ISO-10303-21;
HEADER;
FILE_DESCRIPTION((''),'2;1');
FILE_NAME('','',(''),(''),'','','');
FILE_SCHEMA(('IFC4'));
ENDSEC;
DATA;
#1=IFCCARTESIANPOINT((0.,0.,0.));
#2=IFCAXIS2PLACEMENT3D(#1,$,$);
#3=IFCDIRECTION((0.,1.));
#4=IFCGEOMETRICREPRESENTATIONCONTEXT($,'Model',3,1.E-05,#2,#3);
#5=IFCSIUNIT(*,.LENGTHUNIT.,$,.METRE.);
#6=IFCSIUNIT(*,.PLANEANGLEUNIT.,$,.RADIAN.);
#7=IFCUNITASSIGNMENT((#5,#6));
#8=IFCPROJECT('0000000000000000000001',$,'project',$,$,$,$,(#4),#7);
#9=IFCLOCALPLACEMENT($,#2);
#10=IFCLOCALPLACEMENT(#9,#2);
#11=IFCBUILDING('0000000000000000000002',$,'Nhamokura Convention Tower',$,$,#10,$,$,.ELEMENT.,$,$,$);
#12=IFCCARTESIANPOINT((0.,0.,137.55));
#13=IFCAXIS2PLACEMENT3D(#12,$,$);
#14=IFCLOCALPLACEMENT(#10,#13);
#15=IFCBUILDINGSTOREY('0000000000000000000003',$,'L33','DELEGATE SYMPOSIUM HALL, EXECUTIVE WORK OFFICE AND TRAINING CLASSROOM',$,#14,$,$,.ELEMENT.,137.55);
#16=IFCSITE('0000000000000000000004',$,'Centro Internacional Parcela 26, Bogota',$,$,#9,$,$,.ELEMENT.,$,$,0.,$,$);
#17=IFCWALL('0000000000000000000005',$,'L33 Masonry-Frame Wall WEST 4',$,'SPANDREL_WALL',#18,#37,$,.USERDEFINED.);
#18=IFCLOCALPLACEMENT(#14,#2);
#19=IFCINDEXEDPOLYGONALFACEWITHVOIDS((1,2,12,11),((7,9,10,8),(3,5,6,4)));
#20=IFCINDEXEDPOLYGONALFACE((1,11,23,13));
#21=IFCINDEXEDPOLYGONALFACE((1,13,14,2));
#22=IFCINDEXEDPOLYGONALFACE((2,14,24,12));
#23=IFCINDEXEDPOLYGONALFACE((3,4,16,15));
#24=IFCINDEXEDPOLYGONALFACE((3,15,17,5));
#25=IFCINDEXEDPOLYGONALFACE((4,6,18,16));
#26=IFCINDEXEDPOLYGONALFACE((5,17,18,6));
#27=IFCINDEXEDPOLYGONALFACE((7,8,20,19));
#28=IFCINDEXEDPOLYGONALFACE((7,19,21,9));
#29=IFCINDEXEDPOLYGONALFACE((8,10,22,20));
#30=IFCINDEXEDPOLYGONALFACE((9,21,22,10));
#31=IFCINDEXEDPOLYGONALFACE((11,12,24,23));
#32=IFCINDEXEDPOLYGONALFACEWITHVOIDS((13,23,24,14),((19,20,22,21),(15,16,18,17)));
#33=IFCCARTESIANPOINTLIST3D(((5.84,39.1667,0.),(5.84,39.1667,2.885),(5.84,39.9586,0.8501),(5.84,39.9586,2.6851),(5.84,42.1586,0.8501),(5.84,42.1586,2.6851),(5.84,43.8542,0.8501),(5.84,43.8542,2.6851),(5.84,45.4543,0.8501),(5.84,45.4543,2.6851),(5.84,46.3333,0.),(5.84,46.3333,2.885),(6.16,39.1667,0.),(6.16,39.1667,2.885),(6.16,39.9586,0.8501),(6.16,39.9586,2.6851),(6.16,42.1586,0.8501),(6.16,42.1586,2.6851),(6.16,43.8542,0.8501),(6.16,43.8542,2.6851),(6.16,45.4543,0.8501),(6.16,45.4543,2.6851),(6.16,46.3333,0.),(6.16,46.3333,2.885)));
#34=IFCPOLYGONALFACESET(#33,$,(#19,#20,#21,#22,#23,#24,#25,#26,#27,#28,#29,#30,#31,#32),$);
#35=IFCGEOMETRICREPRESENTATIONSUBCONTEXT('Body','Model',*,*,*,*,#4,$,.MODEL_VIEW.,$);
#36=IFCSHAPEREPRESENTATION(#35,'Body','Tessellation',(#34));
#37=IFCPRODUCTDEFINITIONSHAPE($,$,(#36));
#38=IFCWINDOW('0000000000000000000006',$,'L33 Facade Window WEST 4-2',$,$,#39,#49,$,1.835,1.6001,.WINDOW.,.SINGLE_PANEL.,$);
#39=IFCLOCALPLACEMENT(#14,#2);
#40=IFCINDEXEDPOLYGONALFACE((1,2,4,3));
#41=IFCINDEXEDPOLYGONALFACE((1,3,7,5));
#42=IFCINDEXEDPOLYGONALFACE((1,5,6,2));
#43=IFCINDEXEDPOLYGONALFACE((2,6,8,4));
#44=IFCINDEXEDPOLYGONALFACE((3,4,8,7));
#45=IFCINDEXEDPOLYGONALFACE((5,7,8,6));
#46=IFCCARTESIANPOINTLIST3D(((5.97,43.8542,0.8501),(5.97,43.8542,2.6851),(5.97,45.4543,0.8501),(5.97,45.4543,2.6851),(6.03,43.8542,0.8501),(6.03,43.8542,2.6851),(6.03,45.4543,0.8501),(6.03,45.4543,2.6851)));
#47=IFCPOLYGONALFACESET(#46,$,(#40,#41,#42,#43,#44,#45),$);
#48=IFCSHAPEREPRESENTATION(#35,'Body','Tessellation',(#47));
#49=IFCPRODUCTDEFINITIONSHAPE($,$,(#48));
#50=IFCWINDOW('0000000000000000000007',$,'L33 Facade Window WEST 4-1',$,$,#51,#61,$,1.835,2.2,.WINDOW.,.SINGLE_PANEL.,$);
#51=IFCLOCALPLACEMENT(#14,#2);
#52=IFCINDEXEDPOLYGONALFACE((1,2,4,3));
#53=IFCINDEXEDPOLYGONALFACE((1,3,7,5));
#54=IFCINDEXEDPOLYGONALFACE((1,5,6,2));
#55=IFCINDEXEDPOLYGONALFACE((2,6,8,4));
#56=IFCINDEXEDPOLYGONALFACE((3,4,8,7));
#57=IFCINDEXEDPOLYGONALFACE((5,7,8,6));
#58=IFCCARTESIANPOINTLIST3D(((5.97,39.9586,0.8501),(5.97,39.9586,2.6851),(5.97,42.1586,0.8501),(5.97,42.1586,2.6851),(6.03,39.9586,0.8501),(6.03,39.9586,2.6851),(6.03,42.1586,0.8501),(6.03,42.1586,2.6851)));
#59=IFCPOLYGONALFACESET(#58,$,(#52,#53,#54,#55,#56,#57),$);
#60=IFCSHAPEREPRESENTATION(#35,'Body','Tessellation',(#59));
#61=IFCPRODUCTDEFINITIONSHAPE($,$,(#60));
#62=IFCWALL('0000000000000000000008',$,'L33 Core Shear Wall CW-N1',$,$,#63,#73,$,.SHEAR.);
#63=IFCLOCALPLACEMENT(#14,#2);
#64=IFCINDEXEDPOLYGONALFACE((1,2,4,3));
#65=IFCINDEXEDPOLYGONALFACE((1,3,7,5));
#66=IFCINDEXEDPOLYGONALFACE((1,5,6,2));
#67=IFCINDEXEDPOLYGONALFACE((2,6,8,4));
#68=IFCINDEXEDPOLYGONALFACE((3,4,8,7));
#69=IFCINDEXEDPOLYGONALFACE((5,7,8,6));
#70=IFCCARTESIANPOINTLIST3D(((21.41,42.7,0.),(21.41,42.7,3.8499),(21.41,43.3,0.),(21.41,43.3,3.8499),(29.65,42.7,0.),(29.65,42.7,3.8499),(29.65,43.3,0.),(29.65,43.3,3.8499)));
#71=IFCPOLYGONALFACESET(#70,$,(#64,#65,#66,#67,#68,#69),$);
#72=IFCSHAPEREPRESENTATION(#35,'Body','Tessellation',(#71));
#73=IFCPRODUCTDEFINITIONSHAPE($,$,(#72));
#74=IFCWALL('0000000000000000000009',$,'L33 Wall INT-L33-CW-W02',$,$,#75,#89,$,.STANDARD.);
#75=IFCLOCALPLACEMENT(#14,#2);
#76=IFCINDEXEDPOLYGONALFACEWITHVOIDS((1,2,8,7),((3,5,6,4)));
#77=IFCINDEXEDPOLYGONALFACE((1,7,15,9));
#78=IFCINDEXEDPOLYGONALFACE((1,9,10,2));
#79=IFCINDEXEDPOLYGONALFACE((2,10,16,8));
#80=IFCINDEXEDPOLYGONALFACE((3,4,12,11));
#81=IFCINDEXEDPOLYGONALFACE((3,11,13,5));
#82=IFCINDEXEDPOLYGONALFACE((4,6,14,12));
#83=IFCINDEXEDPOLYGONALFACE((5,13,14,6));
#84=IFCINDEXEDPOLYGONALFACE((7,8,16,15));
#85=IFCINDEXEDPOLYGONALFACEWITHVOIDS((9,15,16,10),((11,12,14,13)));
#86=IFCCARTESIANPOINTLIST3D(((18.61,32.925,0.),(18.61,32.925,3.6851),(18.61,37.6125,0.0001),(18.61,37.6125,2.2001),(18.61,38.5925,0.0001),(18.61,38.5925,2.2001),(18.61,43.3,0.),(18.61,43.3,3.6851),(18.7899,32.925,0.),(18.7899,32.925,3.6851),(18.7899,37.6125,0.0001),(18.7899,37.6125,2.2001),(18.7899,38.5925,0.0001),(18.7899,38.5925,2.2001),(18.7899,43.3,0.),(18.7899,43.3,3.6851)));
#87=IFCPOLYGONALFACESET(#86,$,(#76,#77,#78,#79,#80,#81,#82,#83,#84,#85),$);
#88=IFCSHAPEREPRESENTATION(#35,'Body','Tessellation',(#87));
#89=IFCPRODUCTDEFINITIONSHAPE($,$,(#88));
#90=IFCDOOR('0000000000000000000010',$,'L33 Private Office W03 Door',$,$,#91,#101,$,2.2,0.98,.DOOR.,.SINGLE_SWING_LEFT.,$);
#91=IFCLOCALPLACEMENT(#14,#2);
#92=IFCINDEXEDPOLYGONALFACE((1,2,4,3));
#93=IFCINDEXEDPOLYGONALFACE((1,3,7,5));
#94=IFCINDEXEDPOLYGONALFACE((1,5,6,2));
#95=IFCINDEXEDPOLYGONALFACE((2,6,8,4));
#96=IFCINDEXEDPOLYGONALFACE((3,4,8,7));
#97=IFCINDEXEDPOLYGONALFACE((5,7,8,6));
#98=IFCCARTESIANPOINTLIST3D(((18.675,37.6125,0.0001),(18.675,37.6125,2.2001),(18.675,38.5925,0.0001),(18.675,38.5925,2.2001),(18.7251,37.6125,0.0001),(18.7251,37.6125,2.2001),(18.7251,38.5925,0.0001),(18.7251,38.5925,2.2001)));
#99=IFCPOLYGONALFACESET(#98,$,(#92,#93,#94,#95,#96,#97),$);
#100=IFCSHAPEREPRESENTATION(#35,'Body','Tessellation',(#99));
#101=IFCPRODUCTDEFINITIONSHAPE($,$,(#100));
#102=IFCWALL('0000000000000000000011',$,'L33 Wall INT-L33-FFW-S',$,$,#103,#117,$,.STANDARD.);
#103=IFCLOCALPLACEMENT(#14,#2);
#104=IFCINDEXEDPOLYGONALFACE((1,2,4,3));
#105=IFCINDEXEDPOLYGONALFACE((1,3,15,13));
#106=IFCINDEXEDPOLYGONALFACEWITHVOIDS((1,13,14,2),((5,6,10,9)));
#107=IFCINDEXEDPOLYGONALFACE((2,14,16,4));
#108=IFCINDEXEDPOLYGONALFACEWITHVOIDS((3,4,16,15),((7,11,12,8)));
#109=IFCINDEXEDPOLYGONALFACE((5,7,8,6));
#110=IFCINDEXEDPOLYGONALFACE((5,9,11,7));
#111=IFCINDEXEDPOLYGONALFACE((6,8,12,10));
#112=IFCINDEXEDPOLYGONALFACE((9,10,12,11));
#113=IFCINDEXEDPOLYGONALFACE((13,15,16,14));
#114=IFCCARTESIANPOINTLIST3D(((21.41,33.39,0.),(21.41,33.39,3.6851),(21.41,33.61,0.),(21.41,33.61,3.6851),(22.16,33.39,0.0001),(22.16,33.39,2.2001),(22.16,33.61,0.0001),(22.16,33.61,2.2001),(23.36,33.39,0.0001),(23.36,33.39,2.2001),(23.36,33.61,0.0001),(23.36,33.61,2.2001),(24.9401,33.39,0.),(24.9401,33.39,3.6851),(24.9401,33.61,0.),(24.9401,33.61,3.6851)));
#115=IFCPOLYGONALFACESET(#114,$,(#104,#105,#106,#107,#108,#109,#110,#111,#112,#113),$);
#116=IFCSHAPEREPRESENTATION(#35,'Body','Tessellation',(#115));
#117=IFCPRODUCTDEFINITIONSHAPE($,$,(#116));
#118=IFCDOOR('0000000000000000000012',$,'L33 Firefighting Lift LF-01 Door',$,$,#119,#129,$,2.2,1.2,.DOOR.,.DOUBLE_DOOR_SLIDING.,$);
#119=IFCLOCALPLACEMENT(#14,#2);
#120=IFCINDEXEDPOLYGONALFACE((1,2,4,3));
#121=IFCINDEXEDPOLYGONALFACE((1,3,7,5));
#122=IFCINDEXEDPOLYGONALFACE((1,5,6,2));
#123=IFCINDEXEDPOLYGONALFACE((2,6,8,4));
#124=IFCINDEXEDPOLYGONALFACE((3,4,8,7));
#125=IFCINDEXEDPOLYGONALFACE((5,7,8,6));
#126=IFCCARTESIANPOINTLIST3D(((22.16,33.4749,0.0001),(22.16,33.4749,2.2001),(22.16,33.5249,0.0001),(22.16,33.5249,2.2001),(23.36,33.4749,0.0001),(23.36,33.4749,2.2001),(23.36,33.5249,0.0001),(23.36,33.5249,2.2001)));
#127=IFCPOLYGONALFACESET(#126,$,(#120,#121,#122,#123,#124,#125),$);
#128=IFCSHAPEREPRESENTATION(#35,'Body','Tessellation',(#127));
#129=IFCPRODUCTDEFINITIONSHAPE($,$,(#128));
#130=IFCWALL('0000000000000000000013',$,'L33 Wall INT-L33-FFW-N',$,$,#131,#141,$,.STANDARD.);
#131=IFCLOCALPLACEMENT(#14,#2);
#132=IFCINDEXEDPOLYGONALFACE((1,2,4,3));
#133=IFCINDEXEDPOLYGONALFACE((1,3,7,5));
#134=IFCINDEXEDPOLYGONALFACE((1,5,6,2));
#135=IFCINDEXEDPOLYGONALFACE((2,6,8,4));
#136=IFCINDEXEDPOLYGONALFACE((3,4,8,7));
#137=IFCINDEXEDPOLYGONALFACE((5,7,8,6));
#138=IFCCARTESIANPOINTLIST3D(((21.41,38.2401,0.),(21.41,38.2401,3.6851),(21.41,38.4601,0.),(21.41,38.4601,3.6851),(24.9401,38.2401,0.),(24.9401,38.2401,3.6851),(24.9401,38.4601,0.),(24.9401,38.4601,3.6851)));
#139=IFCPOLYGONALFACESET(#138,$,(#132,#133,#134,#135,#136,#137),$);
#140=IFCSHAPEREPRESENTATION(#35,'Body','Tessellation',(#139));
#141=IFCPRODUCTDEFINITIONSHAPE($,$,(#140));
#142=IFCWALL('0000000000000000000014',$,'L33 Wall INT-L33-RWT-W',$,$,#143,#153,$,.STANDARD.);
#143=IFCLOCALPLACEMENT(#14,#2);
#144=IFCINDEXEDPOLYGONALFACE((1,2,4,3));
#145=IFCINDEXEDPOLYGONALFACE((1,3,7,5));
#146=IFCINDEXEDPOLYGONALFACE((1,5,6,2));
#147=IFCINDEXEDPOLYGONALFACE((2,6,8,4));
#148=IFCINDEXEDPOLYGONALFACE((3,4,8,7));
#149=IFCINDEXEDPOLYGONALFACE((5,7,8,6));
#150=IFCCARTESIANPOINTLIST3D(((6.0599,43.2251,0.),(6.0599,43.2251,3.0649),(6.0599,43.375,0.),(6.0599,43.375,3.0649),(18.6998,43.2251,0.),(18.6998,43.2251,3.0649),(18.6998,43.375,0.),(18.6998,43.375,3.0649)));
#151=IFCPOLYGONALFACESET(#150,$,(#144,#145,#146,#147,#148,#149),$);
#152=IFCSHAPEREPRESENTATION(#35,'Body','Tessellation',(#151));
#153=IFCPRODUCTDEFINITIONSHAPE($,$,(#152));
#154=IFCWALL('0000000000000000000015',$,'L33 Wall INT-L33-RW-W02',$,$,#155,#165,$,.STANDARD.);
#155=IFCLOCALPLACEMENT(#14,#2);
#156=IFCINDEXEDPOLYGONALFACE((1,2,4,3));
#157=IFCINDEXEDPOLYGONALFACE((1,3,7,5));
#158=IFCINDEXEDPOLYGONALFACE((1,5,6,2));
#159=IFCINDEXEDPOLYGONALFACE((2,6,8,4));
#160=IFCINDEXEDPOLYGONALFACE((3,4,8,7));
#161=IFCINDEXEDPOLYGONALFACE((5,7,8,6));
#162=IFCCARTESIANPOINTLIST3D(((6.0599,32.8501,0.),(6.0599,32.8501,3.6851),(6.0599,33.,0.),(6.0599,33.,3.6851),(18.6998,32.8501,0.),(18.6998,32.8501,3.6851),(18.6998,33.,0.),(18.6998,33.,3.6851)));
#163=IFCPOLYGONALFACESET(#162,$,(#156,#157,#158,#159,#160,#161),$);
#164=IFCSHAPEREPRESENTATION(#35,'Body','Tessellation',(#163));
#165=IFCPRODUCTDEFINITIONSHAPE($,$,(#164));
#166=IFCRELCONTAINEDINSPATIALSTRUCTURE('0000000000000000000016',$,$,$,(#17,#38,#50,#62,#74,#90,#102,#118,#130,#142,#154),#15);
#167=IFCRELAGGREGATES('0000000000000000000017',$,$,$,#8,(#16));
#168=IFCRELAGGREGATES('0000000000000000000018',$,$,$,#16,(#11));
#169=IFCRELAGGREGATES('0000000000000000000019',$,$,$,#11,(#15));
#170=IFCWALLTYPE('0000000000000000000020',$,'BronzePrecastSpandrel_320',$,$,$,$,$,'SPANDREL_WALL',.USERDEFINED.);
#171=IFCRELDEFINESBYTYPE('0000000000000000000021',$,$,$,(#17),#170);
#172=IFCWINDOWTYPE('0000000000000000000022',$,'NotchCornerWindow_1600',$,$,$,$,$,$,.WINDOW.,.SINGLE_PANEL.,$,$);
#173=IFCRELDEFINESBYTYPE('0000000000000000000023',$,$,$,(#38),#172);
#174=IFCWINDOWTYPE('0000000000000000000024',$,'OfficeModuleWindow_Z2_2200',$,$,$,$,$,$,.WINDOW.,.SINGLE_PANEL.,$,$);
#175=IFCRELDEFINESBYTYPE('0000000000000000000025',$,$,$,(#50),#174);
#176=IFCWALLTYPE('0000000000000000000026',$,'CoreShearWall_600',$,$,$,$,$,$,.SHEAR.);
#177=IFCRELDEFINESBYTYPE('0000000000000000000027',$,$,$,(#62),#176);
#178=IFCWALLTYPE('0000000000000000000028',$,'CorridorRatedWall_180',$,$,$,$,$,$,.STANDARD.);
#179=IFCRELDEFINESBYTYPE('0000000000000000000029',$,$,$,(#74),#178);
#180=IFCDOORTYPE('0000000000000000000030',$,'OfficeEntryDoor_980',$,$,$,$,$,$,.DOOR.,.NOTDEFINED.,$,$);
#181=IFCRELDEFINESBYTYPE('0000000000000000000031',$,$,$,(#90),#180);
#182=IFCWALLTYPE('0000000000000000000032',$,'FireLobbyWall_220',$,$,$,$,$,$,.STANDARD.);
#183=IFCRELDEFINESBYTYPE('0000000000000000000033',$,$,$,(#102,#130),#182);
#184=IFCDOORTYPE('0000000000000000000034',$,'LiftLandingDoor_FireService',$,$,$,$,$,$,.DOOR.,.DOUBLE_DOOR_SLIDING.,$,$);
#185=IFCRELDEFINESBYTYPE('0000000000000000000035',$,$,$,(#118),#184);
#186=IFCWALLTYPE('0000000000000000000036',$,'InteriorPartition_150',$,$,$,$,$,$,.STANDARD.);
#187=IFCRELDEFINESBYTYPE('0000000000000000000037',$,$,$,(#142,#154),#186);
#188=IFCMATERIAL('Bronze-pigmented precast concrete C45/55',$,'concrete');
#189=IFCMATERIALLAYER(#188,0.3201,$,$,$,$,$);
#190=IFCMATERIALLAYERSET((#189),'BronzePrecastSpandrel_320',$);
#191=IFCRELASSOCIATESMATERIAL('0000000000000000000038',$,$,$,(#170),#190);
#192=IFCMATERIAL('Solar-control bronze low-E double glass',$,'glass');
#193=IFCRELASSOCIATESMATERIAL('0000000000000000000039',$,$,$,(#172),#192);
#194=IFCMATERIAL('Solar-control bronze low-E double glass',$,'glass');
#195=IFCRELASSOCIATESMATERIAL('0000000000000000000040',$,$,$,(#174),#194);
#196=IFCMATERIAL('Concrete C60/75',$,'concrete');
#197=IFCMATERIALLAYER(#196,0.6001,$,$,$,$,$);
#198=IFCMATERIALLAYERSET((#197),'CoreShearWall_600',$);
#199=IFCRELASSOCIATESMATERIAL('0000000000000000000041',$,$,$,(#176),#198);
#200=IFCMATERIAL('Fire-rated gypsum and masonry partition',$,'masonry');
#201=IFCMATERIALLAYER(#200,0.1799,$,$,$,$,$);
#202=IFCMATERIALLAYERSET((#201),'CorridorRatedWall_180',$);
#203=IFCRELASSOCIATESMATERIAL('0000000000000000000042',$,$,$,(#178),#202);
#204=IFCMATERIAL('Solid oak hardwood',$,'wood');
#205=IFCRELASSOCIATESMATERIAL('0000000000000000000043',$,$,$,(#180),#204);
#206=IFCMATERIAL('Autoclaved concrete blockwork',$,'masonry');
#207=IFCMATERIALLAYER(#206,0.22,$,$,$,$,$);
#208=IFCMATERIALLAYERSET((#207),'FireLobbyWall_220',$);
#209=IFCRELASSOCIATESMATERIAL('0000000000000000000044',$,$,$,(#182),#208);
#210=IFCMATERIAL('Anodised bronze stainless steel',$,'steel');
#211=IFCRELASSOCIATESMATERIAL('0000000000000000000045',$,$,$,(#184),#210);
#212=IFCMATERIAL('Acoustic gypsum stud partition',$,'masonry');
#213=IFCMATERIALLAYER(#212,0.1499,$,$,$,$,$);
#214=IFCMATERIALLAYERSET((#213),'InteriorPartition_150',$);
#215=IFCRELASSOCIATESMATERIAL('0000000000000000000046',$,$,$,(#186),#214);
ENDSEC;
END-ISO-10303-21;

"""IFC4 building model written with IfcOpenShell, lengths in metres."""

from ifc_helpers import new_model, si_unit, direction, frame, frame_2d, origin, place, context, subcontext, project, spatial, rectangle, extrude, material, layer, layer_set, type_object, element, fill, save


model = new_model("IFC4")

# Units and contexts
model_context = context("Model", 3, precision=1e-05, world=origin(), true_north=direction((0.0, 1.0)))
body_context = subcontext(model_context, "Body", "Model", "MODEL_VIEW")
ifc_project = project(units=[si_unit("LENGTHUNIT", "METRE"), si_unit("PLANEANGLEUNIT", "RADIAN")], contexts=[model_context])

# Site, building, storey
site_placement = place(None, origin())
site = spatial("IfcSite", under=ifc_project, at=site_placement, Name="Centro Internacional Parcela 26, Bogota", CompositionType="ELEMENT", RefElevation=0.0)
building_placement = place(site_placement, origin())
building = spatial("IfcBuilding", under=site, at=building_placement, Name="Nhamokura Convention Tower", CompositionType="ELEMENT")
storey_placement = place(building_placement, frame((0.0, 0.0, 137.55)))
storey = spatial("IfcBuildingStorey", under=building, at=storey_placement, Name="L33", Description="DELEGATE SYMPOSIUM HALL, EXECUTIVE WORK OFFICE AND TRAINING CLASSROOM", CompositionType="ELEMENT", Elevation=137.55)

# Shared definitions
ifc_material_1 = material(Name="Bronze-pigmented precast concrete C45/55", Category="concrete")
ifc_layer_1 = layer(ifc_material_1, 0.3201)
ifc_layer_set_1 = layer_set([ifc_layer_1], Name="BronzePrecastSpandrel_320")
wall_type_1 = type_object("IfcWallType", Name="BronzePrecastSpandrel_320", ElementType="SPANDREL_WALL", PredefinedType="USERDEFINED", material=ifc_layer_set_1)

# Wall, openings, windows
wall_1_placement = place(storey_placement, frame((6.0, 39.1667, 0.0), z_axis=(0.0, 0.0, 1.0), x_axis=(0.0, 1.0, 0.0)))
wall_1 = element("IfcWall", 1, at=wall_1_placement, inside=storey, type_object=wall_type_1, Name="L33 Masonry-Frame Wall WEST 4", ObjectType="SPANDREL_WALL", PredefinedType="USERDEFINED", context=body_context, shape_type="SweptSolid", body=[
    extrude(rectangle(XDim=7.1665, YDim=0.3201, at=frame_2d((3.5833, 0.0))), origin(), (0.0, 0.0, 1.0), 2.885),
])
opening_1_placement = place(wall_1_placement, frame((0.7917, 0.0, 0.8501)))
opening_1 = element("IfcOpeningElement", 2, at=opening_1_placement, cuts=wall_1, PredefinedType="OPENING", context=body_context, shape_type="SweptSolid", body=[
    extrude(rectangle(XDim=2.2, YDim=1.835, at=frame_2d((1.1001, 0.9175))), frame((0.0, 0.1699, 0.0), z_axis=(0.0, -1.0, 0.0), x_axis=(1.0, 0.0, 0.0)), (0.0, 0.0, 1.0), 0.3401),
])
opening_2_placement = place(wall_1_placement, frame((4.6875, 0.0, 0.8501)))
opening_2 = element("IfcOpeningElement", 3, at=opening_2_placement, cuts=wall_1, PredefinedType="OPENING", context=body_context, shape_type="SweptSolid", body=[
    extrude(rectangle(XDim=1.6001, YDim=1.835, at=frame_2d((0.8, 0.9175))), frame((0.0, 0.1699, 0.0), z_axis=(0.0, -1.0, 0.0), x_axis=(1.0, 0.0, 0.0)), (0.0, 0.0, 1.0), 0.3401),
])
ifc_material_2 = material(Name="Solar-control bronze low-E double glass", Category="glass")
window_type_1 = type_object("IfcWindowType", Name="NotchCornerWindow_1600", PartitioningType="SINGLE_PANEL", PredefinedType="WINDOW", material=ifc_material_2)
window_1_placement = place(opening_2_placement, origin())
window_1 = element("IfcWindow", 4, at=window_1_placement, inside=storey, type_object=window_type_1, Name="L33 Facade Window WEST 4-2", OverallHeight=1.835, OverallWidth=1.6001, PartitioningType="SINGLE_PANEL", PredefinedType="WINDOW", context=body_context, shape_type="SweptSolid", body=[
    extrude(rectangle(XDim=1.6001, YDim=1.835, at=frame_2d((0.8, 0.9175))), frame((0.0, 0.03, 0.0), z_axis=(0.0, -1.0, 0.0), x_axis=(1.0, 0.0, 0.0)), (0.0, 0.0, 1.0), 0.0601),
])
fill(opening_2, window_1)
ifc_material_3 = material(Name="Solar-control bronze low-E double glass", Category="glass")
window_type_2 = type_object("IfcWindowType", Name="OfficeModuleWindow_Z2_2200", PartitioningType="SINGLE_PANEL", PredefinedType="WINDOW", material=ifc_material_3)
window_2_placement = place(opening_1_placement, origin())
window_2 = element("IfcWindow", 5, at=window_2_placement, inside=storey, type_object=window_type_2, Name="L33 Facade Window WEST 4-1", OverallHeight=1.835, OverallWidth=2.2, PartitioningType="SINGLE_PANEL", PredefinedType="WINDOW", context=body_context, shape_type="SweptSolid", body=[
    extrude(rectangle(XDim=2.2, YDim=1.835, at=frame_2d((1.1001, 0.9175))), frame((0.0, 0.03, 0.0), z_axis=(0.0, -1.0, 0.0), x_axis=(1.0, 0.0, 0.0)), (0.0, 0.0, 1.0), 0.0601),
])
fill(opening_1, window_2)

# Wall
ifc_material_4 = material(Name="Concrete C60/75", Category="concrete")
ifc_layer_2 = layer(ifc_material_4, 0.6001)
ifc_layer_set_2 = layer_set([ifc_layer_2], Name="CoreShearWall_600")
wall_type_2 = type_object("IfcWallType", Name="CoreShearWall_600", PredefinedType="SHEAR", material=ifc_layer_set_2)
wall_2_placement = place(storey_placement, frame((21.4099, 43.0, 0.0), z_axis=(0.0, 0.0, 1.0), x_axis=(1.0, 0.0, 0.0)))
element("IfcWall", 6, at=wall_2_placement, inside=storey, type_object=wall_type_2, Name="L33 Core Shear Wall CW-N1", PredefinedType="SHEAR", context=body_context, shape_type="SweptSolid", body=[
    extrude(rectangle(XDim=8.24, YDim=0.6001, at=frame_2d((4.1201, 0.0))), origin(), (0.0, 0.0, 1.0), 3.8499),
])

# Walls, openings, doors
ifc_material_5 = material(Name="Fire-rated gypsum and masonry partition", Category="masonry")
ifc_layer_3 = layer(ifc_material_5, 0.1799)
ifc_layer_set_3 = layer_set([ifc_layer_3], Name="CorridorRatedWall_180")
wall_type_3 = type_object("IfcWallType", Name="CorridorRatedWall_180", PredefinedType="STANDARD", material=ifc_layer_set_3)
wall_3_placement = place(storey_placement, frame((18.7, 32.925, 0.0), z_axis=(0.0, 0.0, 1.0), x_axis=(0.0, 1.0, 0.0)))
wall_3 = element("IfcWall", 7, at=wall_3_placement, inside=storey, type_object=wall_type_3, Name="L33 Wall INT-L33-CW-W02", PredefinedType="STANDARD", context=body_context, shape_type="SweptSolid", body=[
    extrude(rectangle(XDim=10.375, YDim=0.1799, at=frame_2d((5.1875, 0.0))), origin(), (0.0, 0.0, 1.0), 3.6851),
])
opening_3_placement = place(wall_3_placement, frame((4.6875, 0.0, 0.0)))
opening_3 = element("IfcOpeningElement", 8, at=opening_3_placement, cuts=wall_3, PredefinedType="OPENING", context=body_context, shape_type="SweptSolid", body=[
    extrude(rectangle(XDim=0.98, YDim=2.2, at=frame_2d((0.49, 1.1001))), frame((0.0, 0.0999, 0.0), z_axis=(0.0, -1.0, 0.0), x_axis=(1.0, 0.0, 0.0)), (0.0, 0.0, 1.0), 0.2),
])
ifc_material_6 = material(Name="Solid oak hardwood", Category="wood")
door_type_1 = type_object("IfcDoorType", Name="OfficeEntryDoor_980", OperationType="NOTDEFINED", PredefinedType="DOOR", material=ifc_material_6)
door_1_placement = place(opening_3_placement, origin())
door_1 = element("IfcDoor", 9, at=door_1_placement, inside=storey, type_object=door_type_1, Name="L33 Private Office W03 Door", OperationType="SINGLE_SWING_LEFT", OverallHeight=2.2, OverallWidth=0.98, PredefinedType="DOOR", context=body_context, shape_type="SweptSolid", body=[
    extrude(rectangle(XDim=0.98, YDim=2.2, at=frame_2d((0.49, 1.1001))), frame((0.0, 0.0249, 0.0), z_axis=(0.0, -1.0, 0.0), x_axis=(1.0, 0.0, 0.0)), (0.0, 0.0, 1.0), 0.05),
])
fill(opening_3, door_1)
ifc_material_7 = material(Name="Autoclaved concrete blockwork", Category="masonry")
ifc_layer_4 = layer(ifc_material_7, 0.22)
ifc_layer_set_4 = layer_set([ifc_layer_4], Name="FireLobbyWall_220")
wall_type_4 = type_object("IfcWallType", Name="FireLobbyWall_220", PredefinedType="STANDARD", material=ifc_layer_set_4)
wall_4_placement = place(storey_placement, frame((21.4099, 33.5, 0.0), z_axis=(0.0, 0.0, 1.0), x_axis=(1.0, 0.0, 0.0)))
wall_4 = element("IfcWall", 10, at=wall_4_placement, inside=storey, type_object=wall_type_4, Name="L33 Wall INT-L33-FFW-S", PredefinedType="STANDARD", context=body_context, shape_type="SweptSolid", body=[
    extrude(rectangle(XDim=3.53, YDim=0.22, at=frame_2d((1.7651, 0.0))), origin(), (0.0, 0.0, 1.0), 3.6851),
])
opening_4_placement = place(wall_4_placement, frame((0.75, 0.0, 0.0)))
opening_4 = element("IfcOpeningElement", 11, at=opening_4_placement, cuts=wall_4, PredefinedType="OPENING", context=body_context, shape_type="SweptSolid", body=[
    extrude(rectangle(XDim=1.2, YDim=2.2, at=frame_2d((0.6001, 1.1001))), frame((0.0, 0.1199, 0.0), z_axis=(0.0, -1.0, 0.0), x_axis=(1.0, 0.0, 0.0)), (0.0, 0.0, 1.0), 0.24),
])
ifc_material_8 = material(Name="Anodised bronze stainless steel", Category="steel")
door_type_2 = type_object("IfcDoorType", Name="LiftLandingDoor_FireService", OperationType="DOUBLE_DOOR_SLIDING", PredefinedType="DOOR", material=ifc_material_8)
door_2_placement = place(opening_4_placement, origin())
door_2 = element("IfcDoor", 12, at=door_2_placement, inside=storey, type_object=door_type_2, Name="L33 Firefighting Lift LF-01 Door", OperationType="DOUBLE_DOOR_SLIDING", OverallHeight=2.2, OverallWidth=1.2, PredefinedType="DOOR", context=body_context, shape_type="SweptSolid", body=[
    extrude(rectangle(XDim=1.2, YDim=2.2, at=frame_2d((0.6001, 1.1001))), frame((0.0, 0.0249, 0.0), z_axis=(0.0, -1.0, 0.0), x_axis=(1.0, 0.0, 0.0)), (0.0, 0.0, 1.0), 0.05),
])
fill(opening_4, door_2)

# Walls
wall_5_placement = place(storey_placement, frame((21.4099, 38.3501, 0.0), z_axis=(0.0, 0.0, 1.0), x_axis=(1.0, 0.0, 0.0)))
element("IfcWall", 13, at=wall_5_placement, inside=storey, type_object=wall_type_4, Name="L33 Wall INT-L33-FFW-N", PredefinedType="STANDARD", context=body_context, shape_type="SweptSolid", body=[
    extrude(rectangle(XDim=3.53, YDim=0.22, at=frame_2d((1.7651, 0.0))), origin(), (0.0, 0.0, 1.0), 3.6851),
])
ifc_material_9 = material(Name="Acoustic gypsum stud partition", Category="masonry")
ifc_layer_5 = layer(ifc_material_9, 0.1499)
ifc_layer_set_5 = layer_set([ifc_layer_5], Name="InteriorPartition_150")
wall_type_5 = type_object("IfcWallType", Name="InteriorPartition_150", PredefinedType="STANDARD", material=ifc_layer_set_5)
wall_6_placement = place(storey_placement, frame((6.0601, 43.3, 0.0), z_axis=(0.0, 0.0, 1.0), x_axis=(1.0, 0.0, 0.0)))
element("IfcWall", 14, at=wall_6_placement, inside=storey, type_object=wall_type_5, Name="L33 Wall INT-L33-RWT-W", PredefinedType="STANDARD", context=body_context, shape_type="SweptSolid", body=[
    extrude(rectangle(XDim=12.6399, YDim=0.1499, at=frame_2d((6.3198, 0.0))), origin(), (0.0, 0.0, 1.0), 3.0649),
])
wall_7_placement = place(storey_placement, frame((6.0601, 32.925, 0.0), z_axis=(0.0, 0.0, 1.0), x_axis=(1.0, 0.0, 0.0)))
element("IfcWall", 15, at=wall_7_placement, inside=storey, type_object=wall_type_5, Name="L33 Wall INT-L33-RW-W02", PredefinedType="STANDARD", context=body_context, shape_type="SweptSolid", body=[
    extrude(rectangle(XDim=12.6399, YDim=0.1499, at=frame_2d((6.3198, 0.0))), origin(), (0.0, 0.0, 1.0), 3.6851),
])

save(model, "model.ifc")
